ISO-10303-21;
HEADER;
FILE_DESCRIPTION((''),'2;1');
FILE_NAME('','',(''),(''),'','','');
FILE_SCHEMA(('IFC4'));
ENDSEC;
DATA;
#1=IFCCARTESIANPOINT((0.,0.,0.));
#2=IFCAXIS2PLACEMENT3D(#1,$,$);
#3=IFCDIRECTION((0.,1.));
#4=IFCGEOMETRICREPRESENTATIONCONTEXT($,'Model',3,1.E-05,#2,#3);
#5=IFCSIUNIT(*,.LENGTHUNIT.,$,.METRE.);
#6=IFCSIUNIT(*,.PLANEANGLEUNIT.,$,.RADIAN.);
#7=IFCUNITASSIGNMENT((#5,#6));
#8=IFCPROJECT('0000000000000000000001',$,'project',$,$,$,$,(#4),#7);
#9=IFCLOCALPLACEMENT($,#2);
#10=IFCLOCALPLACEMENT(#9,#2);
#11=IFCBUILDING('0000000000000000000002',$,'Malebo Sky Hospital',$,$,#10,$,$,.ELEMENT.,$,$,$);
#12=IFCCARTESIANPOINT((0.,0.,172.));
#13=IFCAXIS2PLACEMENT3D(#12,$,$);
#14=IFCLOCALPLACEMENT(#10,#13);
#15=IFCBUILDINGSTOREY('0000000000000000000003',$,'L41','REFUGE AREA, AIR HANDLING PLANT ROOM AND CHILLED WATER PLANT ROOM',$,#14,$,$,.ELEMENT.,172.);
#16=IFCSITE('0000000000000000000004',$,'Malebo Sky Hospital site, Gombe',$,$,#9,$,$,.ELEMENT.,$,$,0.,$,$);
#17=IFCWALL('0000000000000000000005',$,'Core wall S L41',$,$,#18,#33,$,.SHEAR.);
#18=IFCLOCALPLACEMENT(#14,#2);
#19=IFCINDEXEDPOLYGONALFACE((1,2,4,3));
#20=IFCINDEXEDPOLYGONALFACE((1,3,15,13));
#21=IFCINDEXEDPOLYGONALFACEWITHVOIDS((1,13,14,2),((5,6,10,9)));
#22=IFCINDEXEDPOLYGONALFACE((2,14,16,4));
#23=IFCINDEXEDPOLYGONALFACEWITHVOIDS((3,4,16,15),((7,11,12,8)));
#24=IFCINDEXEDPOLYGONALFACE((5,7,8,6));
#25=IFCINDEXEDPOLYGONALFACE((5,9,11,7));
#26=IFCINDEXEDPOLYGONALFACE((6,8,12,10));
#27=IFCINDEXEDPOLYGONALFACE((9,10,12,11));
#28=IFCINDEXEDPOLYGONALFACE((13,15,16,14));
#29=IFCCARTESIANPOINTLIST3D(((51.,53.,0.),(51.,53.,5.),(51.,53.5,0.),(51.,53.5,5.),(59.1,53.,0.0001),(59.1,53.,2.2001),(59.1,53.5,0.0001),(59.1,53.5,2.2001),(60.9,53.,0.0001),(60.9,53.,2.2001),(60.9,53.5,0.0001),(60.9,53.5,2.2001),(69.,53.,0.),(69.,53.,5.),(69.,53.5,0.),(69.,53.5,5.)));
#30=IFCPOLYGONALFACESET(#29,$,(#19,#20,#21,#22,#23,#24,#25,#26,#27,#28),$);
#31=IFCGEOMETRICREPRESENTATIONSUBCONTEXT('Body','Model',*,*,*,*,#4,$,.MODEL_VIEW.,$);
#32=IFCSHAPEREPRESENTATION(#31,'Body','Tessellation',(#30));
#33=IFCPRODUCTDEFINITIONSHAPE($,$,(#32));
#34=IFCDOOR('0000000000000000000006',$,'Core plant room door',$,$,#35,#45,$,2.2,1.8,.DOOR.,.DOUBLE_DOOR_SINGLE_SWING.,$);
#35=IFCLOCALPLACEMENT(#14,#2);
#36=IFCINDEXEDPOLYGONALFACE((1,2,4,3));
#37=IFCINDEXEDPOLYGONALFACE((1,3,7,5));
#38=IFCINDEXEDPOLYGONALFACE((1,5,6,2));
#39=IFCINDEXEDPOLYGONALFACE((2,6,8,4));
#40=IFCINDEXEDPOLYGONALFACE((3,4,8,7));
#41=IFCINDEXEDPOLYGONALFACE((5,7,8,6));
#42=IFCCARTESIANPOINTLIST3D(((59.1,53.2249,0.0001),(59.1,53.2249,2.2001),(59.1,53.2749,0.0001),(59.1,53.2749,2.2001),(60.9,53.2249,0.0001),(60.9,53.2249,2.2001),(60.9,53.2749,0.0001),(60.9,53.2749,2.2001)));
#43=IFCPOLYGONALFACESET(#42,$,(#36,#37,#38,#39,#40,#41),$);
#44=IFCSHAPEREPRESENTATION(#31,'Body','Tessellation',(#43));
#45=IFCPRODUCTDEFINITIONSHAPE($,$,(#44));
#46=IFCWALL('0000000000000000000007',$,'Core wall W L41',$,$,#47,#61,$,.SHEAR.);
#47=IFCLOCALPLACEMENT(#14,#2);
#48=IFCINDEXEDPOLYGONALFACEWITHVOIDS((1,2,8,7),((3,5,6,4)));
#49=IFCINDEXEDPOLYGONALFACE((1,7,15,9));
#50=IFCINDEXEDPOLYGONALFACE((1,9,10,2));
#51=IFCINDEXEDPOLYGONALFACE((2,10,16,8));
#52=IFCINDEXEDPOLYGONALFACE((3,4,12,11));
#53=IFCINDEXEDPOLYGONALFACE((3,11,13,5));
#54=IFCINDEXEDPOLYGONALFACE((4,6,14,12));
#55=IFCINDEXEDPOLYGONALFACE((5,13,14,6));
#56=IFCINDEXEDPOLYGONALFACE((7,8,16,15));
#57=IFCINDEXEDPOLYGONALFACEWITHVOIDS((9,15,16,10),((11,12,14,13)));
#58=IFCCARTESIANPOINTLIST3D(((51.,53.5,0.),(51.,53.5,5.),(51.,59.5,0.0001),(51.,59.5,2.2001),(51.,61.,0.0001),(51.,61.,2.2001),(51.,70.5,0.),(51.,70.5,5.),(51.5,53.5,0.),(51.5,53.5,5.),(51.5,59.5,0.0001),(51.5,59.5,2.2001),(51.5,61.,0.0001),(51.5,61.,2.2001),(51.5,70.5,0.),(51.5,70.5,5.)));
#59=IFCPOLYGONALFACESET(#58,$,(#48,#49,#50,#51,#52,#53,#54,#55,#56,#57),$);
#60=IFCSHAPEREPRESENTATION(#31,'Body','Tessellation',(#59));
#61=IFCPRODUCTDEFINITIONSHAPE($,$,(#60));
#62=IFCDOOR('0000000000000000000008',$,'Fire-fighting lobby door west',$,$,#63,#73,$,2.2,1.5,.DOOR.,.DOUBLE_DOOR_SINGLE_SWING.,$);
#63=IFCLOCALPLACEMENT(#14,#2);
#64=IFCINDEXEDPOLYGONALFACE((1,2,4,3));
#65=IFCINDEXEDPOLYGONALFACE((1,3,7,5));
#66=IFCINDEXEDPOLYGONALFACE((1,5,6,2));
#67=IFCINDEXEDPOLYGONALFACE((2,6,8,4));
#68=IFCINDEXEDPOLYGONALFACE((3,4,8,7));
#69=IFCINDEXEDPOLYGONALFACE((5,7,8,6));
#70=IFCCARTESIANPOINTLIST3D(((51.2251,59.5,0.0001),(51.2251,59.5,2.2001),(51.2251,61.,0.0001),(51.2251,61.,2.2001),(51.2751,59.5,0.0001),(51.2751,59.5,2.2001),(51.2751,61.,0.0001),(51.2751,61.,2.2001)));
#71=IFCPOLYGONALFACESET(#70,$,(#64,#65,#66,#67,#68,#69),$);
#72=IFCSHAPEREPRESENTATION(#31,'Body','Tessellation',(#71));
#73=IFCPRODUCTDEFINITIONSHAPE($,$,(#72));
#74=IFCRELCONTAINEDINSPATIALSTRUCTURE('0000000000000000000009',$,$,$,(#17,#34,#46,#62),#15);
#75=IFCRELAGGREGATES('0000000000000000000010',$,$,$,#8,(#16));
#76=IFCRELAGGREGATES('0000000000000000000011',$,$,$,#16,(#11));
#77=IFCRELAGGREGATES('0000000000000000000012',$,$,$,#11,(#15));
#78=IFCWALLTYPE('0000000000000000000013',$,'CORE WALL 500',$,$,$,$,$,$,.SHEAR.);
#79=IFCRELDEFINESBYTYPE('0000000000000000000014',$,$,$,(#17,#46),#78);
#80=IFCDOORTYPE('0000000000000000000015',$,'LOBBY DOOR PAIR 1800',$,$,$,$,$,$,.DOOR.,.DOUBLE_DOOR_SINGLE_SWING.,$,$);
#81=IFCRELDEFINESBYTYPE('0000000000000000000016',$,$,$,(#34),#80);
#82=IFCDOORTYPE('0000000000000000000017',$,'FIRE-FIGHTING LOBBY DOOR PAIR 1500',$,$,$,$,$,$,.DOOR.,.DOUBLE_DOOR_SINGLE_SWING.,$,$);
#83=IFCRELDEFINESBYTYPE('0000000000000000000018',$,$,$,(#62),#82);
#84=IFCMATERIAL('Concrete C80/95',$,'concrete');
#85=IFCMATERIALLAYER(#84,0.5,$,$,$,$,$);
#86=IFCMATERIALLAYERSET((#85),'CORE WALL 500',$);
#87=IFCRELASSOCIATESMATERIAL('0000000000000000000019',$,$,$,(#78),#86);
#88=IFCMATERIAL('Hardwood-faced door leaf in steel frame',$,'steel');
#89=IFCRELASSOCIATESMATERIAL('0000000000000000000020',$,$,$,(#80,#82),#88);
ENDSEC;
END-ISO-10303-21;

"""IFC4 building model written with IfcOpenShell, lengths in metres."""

from ifc_helpers import new_model, si_unit, direction, frame, frame_2d, origin, place, context, subcontext, project, spatial, rectangle, extrude, material, layer, layer_set, type_object, element, fill, save


model = new_model("IFC4")

# Units and contexts
model_context = context("Model", 3, precision=1e-05, world=origin(), true_north=direction((0.0, 1.0)))
body_context = subcontext(model_context, "Body", "Model", "MODEL_VIEW")
ifc_project = project(units=[si_unit("LENGTHUNIT", "METRE"), si_unit("PLANEANGLEUNIT", "RADIAN")], contexts=[model_context])

# Site, building, storey
site_placement = place(None, origin())
site = spatial("IfcSite", under=ifc_project, at=site_placement, Name="Malebo Sky Hospital site, Gombe", CompositionType="ELEMENT", RefElevation=0.0)
building_placement = place(site_placement, origin())
building = spatial("IfcBuilding", under=site, at=building_placement, Name="Malebo Sky Hospital", CompositionType="ELEMENT")
storey_placement = place(building_placement, frame((0.0, 0.0, 172.0)))
storey = spatial("IfcBuildingStorey", under=building, at=storey_placement, Name="L41", Description="REFUGE AREA, AIR HANDLING PLANT ROOM AND CHILLED WATER PLANT ROOM", CompositionType="ELEMENT", Elevation=172.0)

# Shared definitions
ifc_material_1 = material(Name="Concrete C80/95", Category="concrete")

# Walls, openings, doors
ifc_layer_1 = layer(ifc_material_1, 0.5)
ifc_layer_set_1 = layer_set([ifc_layer_1], Name="CORE WALL 500")
wall_type_1 = type_object("IfcWallType", Name="CORE WALL 500", PredefinedType="SHEAR", material=ifc_layer_set_1)
wall_1_placement = place(storey_placement, frame((51.0, 53.25, 0.0), z_axis=(0.0, 0.0, 1.0), x_axis=(1.0, 0.0, 0.0)))
wall_1 = element("IfcWall", 1, at=wall_1_placement, inside=storey, type_object=wall_type_1, Name="Core wall S L41", PredefinedType="SHEAR", context=body_context, shape_type="SweptSolid", body=[
    extrude(rectangle(XDim=18.0, YDim=0.5, at=frame_2d((9.0, 0.0))), origin(), (0.0, 0.0, 1.0), 5.0),
])
opening_1_placement = place(wall_1_placement, frame((8.1001, 0.0, 0.0)))
opening_1 = element("IfcOpeningElement", 2, at=opening_1_placement, cuts=wall_1, PredefinedType="OPENING", context=body_context, shape_type="SweptSolid", body=[
    extrude(rectangle(XDim=1.8, YDim=2.2, at=frame_2d((0.8999, 1.1001))), frame((0.0, 0.26, 0.0), z_axis=(0.0, -1.0, 0.0), x_axis=(1.0, 0.0, 0.0)), (0.0, 0.0, 1.0), 0.52),
])
ifc_material_2 = material(Name="Hardwood-faced door leaf in steel frame", Category="steel")
door_type_1 = type_object("IfcDoorType", Name="LOBBY DOOR PAIR 1800", OperationType="DOUBLE_DOOR_SINGLE_SWING", PredefinedType="DOOR", material=ifc_material_2)
door_1_placement = place(opening_1_placement, origin())
door_1 = element("IfcDoor", 3, at=door_1_placement, inside=storey, type_object=door_type_1, Name="Core plant room door", OperationType="DOUBLE_DOOR_SINGLE_SWING", OverallHeight=2.2, OverallWidth=1.8, PredefinedType="DOOR", context=body_context, shape_type="SweptSolid", body=[
    extrude(rectangle(XDim=1.8, YDim=2.2, at=frame_2d((0.8999, 1.1001))), frame((0.0, 0.0249, 0.0), z_axis=(0.0, -1.0, 0.0), x_axis=(1.0, 0.0, 0.0)), (0.0, 0.0, 1.0), 0.05),
])
fill(opening_1, door_1)
wall_2_placement = place(storey_placement, frame((51.25, 53.5, 0.0), z_axis=(0.0, 0.0, 1.0), x_axis=(0.0, 1.0, 0.0)))
wall_2 = element("IfcWall", 4, at=wall_2_placement, inside=storey, type_object=wall_type_1, Name="Core wall W L41", PredefinedType="SHEAR", context=body_context, shape_type="SweptSolid", body=[
    extrude(rectangle(XDim=17.0, YDim=0.5, at=frame_2d((8.5, 0.0))), origin(), (0.0, 0.0, 1.0), 5.0),
])
opening_2_placement = place(wall_2_placement, frame((6.0, 0.0, 0.0)))
opening_2 = element("IfcOpeningElement", 5, at=opening_2_placement, cuts=wall_2, PredefinedType="OPENING", context=body_context, shape_type="SweptSolid", body=[
    extrude(rectangle(XDim=1.5, YDim=2.2, at=frame_2d((0.75, 1.1001))), frame((0.0, 0.26, 0.0), z_axis=(0.0, -1.0, 0.0), x_axis=(1.0, 0.0, 0.0)), (0.0, 0.0, 1.0), 0.52),
])
door_type_2 = type_object("IfcDoorType", Name="FIRE-FIGHTING LOBBY DOOR PAIR 1500", OperationType="DOUBLE_DOOR_SINGLE_SWING", PredefinedType="DOOR", material=ifc_material_2)
door_2_placement = place(opening_2_placement, origin())
door_2 = element("IfcDoor", 6, at=door_2_placement, inside=storey, type_object=door_type_2, Name="Fire-fighting lobby door west", OperationType="DOUBLE_DOOR_SINGLE_SWING", OverallHeight=2.2, OverallWidth=1.5, PredefinedType="DOOR", context=body_context, shape_type="SweptSolid", body=[
    extrude(rectangle(XDim=1.5, YDim=2.2, at=frame_2d((0.75, 1.1001))), frame((0.0, 0.0249, 0.0), z_axis=(0.0, -1.0, 0.0), x_axis=(1.0, 0.0, 0.0)), (0.0, 0.0, 1.0), 0.05),
])
fill(opening_2, door_2)

save(model, "model.ifc")
